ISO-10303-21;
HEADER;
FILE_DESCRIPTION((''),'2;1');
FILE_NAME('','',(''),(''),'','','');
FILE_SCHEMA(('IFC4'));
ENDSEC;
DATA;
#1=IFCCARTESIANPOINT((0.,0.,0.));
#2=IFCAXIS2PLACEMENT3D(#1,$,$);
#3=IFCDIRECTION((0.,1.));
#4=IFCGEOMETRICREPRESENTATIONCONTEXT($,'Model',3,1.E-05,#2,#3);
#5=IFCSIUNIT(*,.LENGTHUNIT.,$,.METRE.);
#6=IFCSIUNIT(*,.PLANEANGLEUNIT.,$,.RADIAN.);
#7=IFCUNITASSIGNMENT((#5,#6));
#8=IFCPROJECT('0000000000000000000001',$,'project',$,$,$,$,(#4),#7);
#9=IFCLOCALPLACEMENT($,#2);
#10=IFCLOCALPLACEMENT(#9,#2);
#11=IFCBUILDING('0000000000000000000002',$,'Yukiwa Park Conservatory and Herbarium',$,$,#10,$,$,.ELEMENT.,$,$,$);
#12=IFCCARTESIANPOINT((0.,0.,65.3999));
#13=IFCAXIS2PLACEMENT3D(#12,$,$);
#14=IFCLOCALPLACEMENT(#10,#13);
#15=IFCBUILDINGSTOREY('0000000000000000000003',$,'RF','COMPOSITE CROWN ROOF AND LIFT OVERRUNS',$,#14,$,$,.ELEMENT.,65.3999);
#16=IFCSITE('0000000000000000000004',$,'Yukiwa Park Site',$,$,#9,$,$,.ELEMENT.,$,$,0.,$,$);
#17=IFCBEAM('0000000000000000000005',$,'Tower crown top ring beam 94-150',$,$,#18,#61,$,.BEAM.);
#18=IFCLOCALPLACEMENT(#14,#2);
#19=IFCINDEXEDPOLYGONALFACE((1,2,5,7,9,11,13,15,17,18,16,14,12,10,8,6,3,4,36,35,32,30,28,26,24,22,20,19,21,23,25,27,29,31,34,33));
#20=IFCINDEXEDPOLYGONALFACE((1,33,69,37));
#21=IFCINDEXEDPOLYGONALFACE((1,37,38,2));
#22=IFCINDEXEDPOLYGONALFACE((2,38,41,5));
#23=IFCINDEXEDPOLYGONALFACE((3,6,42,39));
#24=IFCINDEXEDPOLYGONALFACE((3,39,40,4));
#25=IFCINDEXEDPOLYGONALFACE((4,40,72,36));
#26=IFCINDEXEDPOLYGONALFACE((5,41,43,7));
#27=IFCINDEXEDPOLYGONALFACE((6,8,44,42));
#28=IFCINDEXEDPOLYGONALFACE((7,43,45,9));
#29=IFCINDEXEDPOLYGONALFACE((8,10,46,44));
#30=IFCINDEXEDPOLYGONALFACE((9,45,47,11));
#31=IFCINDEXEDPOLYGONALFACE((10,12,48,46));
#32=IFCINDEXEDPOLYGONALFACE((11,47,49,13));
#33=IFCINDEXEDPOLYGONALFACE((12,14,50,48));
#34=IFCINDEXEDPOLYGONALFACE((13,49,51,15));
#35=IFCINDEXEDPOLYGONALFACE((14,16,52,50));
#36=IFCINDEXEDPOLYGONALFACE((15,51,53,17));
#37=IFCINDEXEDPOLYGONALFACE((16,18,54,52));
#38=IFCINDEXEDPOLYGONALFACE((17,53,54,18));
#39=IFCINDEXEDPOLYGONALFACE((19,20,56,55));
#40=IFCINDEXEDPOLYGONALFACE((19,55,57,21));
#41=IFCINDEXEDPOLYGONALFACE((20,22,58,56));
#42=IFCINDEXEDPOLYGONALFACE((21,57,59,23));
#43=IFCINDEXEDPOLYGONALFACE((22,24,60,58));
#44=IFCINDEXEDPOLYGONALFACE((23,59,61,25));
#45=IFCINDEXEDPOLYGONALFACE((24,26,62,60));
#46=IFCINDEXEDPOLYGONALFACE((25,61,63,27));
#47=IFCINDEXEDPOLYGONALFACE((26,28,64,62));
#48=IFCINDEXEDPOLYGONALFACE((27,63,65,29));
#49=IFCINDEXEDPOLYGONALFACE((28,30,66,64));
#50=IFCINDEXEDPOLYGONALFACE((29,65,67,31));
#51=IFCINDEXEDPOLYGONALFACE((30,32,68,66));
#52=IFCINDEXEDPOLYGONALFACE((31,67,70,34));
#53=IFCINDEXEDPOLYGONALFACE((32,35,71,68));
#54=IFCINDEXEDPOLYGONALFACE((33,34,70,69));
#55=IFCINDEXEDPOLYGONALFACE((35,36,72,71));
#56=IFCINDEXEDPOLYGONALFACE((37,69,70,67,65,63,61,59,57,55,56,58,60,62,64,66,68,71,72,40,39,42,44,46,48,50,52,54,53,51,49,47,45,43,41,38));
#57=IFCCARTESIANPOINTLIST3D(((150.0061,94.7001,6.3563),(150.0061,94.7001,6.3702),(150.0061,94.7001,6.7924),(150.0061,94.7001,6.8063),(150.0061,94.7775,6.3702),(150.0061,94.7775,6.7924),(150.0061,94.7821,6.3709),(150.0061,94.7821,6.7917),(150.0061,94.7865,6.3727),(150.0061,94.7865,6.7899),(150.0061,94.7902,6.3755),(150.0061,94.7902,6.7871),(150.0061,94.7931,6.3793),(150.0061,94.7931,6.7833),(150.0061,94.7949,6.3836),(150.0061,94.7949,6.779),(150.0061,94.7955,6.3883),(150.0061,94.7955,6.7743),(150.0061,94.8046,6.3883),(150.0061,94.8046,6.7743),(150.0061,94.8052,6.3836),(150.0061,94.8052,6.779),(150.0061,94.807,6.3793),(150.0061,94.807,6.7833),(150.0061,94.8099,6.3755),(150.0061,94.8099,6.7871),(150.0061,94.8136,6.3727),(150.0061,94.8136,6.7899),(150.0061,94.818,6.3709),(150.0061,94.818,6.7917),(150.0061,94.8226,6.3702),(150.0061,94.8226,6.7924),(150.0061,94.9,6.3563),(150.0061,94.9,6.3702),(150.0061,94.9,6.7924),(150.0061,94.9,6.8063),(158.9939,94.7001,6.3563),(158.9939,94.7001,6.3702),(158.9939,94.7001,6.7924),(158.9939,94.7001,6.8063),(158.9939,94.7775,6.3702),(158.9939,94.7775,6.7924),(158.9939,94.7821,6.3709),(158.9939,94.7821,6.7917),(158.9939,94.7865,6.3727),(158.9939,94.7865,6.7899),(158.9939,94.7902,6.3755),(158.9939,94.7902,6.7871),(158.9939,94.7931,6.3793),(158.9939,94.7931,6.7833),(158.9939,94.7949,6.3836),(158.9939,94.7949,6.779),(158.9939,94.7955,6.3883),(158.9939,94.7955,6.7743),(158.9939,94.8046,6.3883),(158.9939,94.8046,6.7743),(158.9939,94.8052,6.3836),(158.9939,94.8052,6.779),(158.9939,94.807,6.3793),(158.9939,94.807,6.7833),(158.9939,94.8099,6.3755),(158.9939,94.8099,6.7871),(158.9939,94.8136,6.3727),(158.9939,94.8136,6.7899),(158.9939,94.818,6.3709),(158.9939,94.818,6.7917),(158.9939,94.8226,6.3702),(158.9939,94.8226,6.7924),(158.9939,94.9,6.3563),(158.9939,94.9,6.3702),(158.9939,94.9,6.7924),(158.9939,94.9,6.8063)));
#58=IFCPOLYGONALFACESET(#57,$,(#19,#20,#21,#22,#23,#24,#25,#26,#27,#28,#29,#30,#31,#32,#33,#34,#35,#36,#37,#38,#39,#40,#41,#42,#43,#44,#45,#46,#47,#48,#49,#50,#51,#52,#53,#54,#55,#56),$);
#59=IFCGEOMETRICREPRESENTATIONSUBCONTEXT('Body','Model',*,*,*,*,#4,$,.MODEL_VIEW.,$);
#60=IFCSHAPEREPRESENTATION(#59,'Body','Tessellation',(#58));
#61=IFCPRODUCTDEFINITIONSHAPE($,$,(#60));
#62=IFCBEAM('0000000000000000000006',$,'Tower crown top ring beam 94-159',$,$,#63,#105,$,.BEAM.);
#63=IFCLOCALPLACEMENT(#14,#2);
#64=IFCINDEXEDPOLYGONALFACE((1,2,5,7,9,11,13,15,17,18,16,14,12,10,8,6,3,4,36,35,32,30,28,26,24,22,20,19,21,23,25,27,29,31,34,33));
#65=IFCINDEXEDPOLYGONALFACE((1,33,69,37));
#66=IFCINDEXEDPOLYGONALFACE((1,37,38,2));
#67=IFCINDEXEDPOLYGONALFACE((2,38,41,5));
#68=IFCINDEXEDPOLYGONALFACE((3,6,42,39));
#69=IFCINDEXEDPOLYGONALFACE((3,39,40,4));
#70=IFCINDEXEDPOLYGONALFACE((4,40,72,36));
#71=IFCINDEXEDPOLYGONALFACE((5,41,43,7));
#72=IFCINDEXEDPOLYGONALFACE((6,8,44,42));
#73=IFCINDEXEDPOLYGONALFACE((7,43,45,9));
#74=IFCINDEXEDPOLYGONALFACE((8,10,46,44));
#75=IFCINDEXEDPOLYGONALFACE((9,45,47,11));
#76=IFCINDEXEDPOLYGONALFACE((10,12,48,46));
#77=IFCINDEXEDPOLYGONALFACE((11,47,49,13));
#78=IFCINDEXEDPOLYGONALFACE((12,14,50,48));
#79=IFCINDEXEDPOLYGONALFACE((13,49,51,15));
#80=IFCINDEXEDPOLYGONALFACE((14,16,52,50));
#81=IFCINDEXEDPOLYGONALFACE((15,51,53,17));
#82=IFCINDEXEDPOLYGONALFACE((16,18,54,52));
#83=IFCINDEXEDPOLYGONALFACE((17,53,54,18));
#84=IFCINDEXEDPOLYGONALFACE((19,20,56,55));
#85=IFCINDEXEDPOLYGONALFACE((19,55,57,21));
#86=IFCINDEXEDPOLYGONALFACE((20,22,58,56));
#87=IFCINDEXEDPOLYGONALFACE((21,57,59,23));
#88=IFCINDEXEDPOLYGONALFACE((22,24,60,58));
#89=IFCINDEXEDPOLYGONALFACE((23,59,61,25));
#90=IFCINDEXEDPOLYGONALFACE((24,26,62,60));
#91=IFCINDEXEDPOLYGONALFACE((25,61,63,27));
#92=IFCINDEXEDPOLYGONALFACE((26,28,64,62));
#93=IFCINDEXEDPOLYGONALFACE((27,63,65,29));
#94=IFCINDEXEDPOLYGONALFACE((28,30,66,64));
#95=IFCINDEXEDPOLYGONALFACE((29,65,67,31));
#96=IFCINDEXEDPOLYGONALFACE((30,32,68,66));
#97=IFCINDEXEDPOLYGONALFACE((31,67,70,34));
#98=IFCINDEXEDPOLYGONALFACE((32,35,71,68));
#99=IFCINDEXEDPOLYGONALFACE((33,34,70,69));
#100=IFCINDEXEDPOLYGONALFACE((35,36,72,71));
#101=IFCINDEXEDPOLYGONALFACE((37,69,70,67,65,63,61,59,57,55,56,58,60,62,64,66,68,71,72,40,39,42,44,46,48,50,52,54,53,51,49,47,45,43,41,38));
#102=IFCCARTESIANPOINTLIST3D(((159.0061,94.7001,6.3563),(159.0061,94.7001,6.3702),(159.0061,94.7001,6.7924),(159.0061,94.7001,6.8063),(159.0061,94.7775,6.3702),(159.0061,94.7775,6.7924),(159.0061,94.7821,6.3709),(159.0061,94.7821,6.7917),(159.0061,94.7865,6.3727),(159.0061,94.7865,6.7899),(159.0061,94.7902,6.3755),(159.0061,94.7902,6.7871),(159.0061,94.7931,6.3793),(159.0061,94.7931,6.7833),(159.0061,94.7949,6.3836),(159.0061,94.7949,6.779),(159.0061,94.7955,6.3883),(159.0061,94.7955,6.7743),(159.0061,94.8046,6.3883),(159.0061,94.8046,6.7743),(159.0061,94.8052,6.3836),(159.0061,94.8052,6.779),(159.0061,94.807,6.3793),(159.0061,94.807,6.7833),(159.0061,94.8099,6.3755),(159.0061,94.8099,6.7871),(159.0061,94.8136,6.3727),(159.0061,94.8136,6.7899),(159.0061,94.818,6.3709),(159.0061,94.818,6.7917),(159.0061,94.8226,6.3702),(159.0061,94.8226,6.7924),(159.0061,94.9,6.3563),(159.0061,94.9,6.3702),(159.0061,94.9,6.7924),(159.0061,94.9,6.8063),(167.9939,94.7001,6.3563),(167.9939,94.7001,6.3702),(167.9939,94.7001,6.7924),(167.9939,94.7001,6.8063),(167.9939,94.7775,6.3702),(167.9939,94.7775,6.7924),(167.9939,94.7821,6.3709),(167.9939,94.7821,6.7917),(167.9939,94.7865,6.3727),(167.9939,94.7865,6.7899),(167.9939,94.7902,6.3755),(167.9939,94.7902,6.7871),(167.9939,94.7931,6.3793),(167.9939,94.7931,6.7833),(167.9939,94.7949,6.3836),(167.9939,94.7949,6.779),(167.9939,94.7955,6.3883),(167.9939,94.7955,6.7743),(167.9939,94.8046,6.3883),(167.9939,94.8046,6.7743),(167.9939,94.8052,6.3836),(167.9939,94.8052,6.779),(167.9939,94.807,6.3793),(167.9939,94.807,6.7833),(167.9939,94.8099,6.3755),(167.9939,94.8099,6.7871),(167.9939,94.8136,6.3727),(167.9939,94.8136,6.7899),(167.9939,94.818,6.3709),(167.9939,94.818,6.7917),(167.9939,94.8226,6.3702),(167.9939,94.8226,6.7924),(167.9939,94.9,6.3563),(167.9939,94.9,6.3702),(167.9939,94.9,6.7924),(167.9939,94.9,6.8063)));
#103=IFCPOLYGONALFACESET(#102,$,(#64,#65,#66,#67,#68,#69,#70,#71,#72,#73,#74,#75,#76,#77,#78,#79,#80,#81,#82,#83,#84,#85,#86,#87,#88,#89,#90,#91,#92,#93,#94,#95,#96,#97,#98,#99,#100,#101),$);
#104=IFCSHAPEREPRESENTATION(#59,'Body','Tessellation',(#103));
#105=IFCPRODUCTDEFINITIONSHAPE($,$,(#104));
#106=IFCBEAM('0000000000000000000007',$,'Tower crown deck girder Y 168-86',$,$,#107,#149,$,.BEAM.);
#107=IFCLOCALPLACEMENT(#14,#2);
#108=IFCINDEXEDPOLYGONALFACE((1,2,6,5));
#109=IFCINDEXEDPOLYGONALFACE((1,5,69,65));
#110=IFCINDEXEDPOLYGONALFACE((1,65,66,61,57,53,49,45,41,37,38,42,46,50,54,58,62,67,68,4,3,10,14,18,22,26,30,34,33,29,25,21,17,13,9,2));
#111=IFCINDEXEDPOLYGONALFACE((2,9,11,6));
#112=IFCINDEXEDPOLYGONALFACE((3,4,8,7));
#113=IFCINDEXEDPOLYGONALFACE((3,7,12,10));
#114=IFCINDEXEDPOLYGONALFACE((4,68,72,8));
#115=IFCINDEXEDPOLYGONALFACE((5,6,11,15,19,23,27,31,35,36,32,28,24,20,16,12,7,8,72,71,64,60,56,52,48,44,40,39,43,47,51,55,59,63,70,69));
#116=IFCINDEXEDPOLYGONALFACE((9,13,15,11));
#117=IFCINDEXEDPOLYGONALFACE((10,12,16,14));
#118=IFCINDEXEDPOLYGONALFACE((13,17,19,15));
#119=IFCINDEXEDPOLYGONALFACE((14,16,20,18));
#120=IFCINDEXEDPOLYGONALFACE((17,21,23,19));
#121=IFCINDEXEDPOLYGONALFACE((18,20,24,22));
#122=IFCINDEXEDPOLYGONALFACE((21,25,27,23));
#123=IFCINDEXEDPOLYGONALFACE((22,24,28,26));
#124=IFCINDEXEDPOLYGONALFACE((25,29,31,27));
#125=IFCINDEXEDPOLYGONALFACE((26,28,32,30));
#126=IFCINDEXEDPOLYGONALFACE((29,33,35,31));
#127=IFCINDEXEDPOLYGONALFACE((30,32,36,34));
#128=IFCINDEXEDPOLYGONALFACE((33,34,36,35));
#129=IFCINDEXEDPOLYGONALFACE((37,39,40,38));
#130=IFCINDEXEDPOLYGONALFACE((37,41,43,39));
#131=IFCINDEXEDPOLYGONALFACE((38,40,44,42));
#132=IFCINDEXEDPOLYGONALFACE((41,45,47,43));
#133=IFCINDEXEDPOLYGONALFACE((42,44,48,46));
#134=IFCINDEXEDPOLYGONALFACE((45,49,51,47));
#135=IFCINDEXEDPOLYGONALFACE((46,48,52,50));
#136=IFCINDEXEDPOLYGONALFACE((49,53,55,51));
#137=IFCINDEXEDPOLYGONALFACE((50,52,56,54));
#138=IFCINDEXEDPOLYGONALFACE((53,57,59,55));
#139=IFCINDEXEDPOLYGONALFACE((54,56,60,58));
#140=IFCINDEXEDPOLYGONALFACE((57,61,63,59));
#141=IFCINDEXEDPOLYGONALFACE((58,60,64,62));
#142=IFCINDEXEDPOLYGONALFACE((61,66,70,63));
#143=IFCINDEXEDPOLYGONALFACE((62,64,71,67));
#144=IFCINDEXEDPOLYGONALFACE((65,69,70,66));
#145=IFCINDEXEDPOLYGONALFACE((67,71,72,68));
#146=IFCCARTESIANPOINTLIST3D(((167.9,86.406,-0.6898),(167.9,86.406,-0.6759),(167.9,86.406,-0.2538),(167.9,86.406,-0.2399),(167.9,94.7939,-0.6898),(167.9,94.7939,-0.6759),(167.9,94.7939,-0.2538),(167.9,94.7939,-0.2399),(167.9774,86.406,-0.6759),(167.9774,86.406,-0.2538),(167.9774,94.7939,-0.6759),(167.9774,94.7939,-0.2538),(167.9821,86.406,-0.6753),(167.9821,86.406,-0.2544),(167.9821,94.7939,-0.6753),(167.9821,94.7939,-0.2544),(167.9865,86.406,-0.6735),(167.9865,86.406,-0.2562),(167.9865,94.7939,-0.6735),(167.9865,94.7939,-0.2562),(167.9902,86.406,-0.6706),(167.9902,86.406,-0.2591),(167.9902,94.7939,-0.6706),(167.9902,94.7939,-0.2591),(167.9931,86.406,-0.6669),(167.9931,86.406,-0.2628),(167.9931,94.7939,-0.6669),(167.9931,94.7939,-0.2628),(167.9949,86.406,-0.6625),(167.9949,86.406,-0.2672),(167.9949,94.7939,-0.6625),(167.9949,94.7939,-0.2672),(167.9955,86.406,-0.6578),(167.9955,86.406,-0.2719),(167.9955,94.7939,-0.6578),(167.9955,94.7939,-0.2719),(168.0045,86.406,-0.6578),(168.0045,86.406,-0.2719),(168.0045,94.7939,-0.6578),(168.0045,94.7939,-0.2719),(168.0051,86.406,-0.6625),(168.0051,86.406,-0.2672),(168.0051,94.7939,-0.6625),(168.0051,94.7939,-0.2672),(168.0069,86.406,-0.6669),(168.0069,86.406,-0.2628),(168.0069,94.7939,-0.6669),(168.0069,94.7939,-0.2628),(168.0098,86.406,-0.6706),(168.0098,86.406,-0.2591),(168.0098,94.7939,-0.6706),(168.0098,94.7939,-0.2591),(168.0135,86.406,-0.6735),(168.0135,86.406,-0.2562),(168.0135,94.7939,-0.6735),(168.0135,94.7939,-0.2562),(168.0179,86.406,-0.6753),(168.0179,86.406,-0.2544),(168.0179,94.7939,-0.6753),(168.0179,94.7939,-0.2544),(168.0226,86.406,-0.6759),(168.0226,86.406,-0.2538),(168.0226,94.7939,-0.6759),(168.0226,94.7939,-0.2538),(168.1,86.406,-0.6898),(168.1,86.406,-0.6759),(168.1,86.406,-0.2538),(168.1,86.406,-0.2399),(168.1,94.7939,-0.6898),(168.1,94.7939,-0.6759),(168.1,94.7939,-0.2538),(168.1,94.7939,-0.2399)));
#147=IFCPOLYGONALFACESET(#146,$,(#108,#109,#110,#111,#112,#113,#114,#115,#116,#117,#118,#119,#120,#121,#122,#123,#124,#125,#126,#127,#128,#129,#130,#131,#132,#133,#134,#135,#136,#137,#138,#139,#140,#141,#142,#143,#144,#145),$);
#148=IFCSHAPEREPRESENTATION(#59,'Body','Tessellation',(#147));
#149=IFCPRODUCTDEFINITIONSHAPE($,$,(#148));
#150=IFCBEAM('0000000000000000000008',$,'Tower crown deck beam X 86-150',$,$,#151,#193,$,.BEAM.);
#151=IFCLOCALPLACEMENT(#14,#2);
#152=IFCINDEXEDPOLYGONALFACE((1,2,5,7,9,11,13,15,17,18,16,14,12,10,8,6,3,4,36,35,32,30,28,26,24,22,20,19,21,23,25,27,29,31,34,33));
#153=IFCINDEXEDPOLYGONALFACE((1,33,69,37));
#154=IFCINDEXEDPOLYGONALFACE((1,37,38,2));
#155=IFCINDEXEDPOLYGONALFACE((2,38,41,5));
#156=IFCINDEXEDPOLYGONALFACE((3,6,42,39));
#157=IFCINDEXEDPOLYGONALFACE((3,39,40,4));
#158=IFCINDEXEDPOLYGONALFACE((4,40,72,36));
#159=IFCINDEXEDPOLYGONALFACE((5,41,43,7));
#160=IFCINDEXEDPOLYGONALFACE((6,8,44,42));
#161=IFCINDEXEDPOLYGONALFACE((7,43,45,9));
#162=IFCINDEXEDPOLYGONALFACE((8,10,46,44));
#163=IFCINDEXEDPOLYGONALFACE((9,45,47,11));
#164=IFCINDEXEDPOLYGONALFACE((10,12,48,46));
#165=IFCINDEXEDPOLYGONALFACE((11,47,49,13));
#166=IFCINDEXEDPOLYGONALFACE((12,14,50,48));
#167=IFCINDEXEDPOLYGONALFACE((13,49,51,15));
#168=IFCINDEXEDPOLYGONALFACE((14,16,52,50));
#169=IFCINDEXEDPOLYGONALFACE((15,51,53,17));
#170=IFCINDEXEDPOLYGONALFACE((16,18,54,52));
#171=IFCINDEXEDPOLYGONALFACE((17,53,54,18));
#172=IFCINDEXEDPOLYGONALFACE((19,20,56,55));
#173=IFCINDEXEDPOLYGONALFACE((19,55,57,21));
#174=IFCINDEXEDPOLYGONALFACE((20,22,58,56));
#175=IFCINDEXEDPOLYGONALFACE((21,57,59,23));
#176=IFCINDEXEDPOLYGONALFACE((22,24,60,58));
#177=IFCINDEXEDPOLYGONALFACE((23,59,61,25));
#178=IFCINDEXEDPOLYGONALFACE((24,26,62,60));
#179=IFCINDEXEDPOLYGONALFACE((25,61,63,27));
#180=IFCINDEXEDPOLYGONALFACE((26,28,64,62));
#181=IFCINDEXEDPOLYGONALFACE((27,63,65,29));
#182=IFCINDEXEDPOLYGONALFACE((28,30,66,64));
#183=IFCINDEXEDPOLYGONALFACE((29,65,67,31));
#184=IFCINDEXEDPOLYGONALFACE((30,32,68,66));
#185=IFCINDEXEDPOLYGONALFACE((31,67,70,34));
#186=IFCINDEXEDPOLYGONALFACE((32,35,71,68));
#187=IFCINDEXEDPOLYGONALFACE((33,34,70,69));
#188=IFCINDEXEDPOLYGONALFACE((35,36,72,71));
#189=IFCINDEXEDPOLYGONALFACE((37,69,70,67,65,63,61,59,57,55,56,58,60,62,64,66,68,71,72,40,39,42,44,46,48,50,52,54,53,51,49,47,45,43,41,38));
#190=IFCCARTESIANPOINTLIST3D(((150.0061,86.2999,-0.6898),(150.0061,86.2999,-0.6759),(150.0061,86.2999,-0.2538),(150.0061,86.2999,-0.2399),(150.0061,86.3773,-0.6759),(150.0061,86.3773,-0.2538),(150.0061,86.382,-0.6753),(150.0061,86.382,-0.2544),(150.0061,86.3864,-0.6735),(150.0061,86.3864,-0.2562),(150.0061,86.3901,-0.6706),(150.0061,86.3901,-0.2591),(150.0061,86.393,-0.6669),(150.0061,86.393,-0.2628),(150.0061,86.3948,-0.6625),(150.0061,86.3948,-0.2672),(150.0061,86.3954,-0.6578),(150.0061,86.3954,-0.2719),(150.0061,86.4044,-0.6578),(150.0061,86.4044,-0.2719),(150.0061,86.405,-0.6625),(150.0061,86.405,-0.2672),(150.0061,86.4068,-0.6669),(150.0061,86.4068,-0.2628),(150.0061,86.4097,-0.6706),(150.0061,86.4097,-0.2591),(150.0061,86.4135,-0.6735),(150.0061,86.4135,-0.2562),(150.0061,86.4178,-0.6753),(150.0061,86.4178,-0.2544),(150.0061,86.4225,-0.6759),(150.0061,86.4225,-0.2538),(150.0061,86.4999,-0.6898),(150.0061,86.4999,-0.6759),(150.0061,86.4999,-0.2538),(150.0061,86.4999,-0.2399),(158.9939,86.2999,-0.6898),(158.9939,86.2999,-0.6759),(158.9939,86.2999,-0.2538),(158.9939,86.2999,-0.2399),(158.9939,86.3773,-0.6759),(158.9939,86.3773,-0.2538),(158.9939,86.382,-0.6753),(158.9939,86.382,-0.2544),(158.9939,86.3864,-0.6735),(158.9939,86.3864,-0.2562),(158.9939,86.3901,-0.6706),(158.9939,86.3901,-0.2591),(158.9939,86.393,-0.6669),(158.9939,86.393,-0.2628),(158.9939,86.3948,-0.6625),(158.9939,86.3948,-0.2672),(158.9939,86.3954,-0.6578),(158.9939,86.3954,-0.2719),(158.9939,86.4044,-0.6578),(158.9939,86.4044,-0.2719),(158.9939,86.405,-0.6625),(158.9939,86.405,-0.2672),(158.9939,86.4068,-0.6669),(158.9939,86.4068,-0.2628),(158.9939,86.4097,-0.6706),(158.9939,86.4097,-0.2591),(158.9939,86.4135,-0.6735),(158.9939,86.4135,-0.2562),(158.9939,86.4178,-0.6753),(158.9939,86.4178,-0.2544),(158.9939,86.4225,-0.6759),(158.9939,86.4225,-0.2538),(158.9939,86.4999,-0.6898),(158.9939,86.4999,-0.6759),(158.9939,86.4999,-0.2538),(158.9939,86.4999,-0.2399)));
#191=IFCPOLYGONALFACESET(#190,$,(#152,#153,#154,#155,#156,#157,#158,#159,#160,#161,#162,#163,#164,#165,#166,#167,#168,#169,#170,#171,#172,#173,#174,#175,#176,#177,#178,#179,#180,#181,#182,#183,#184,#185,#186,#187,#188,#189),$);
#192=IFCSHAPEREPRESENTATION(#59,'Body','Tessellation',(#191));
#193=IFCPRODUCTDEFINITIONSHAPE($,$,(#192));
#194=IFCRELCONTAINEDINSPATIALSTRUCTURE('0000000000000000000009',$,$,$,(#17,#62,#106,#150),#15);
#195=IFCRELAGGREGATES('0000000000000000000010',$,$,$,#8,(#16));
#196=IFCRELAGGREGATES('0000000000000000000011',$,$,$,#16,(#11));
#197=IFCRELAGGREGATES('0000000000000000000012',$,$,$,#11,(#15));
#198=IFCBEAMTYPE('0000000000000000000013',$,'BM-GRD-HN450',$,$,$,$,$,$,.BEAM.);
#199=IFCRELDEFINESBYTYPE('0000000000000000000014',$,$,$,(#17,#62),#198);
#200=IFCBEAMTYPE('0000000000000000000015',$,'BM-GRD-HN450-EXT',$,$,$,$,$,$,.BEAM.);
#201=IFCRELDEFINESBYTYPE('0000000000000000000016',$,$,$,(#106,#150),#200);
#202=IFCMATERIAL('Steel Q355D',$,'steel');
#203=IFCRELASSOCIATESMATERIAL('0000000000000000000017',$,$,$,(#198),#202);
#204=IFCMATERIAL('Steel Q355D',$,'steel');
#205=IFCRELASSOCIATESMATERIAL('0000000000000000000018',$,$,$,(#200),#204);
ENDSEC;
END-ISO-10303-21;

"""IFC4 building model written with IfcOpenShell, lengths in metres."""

from ifc_helpers import new_model, si_unit, direction, frame, origin, origin_2d, place, context, subcontext, project, spatial, i_section, extrude, material, material_profile, profile_set, type_object, element, save


model = new_model("IFC4")

# Units and contexts
model_context = context("Model", 3, precision=1e-05, world=origin(), true_north=direction((0.0, 1.0)))
body_context = subcontext(model_context, "Body", "Model", "MODEL_VIEW")
ifc_project = project(units=[si_unit("LENGTHUNIT", "METRE"), si_unit("PLANEANGLEUNIT", "RADIAN")], contexts=[model_context])

# Site, building, storey
site_placement = place(None, origin())
site = spatial("IfcSite", under=ifc_project, at=site_placement, Name="Yukiwa Park Site", CompositionType="ELEMENT", RefElevation=0.0)
building_placement = place(site_placement, origin())
building = spatial("IfcBuilding", under=site, at=building_placement, Name="Yukiwa Park Conservatory and Herbarium", CompositionType="ELEMENT")
storey_placement = place(building_placement, frame((0.0, 0.0, 65.3999)))
storey = spatial("IfcBuildingStorey", under=building, at=storey_placement, Name="RF", Description="COMPOSITE CROWN ROOF AND LIFT OVERRUNS", CompositionType="ELEMENT", Elevation=65.3999)

# Beams
ifc_material_1 = material(Name="Steel Q355D", Category="steel")
ifc_material_profile_1 = material_profile(ifc_material_1, i_section(OverallWidth=0.2, OverallDepth=0.45, WebThickness=0.009, FlangeThickness=0.0139, FilletRadius=0.0181, at=origin_2d()), Name="HN 450x200x9x14")
ifc_profile_set_1 = profile_set([ifc_material_profile_1], Name="Steel Q355D")
beam_type_1 = type_object("IfcBeamType", Name="BM-GRD-HN450", PredefinedType="BEAM", material=ifc_profile_set_1)
for number, where, z_axis, x_axis, name in (
    (1, (150.0061, 94.8, 6.5813), (1.0, 0.0, 0.0), (0.0, 1.0, 0.0), "Tower crown top ring beam 94-150"),
    (2, (159.0061, 94.8, 6.5813), (1.0, 0.0, 0.0), (0.0, 1.0, 0.0), "Tower crown top ring beam 94-159"),
):
    element("IfcBeam", number, at=place(storey_placement, frame(where, z_axis=z_axis, x_axis=x_axis)), inside=storey, type_object=beam_type_1, Name=name, PredefinedType="BEAM", context=body_context, shape_type="SweptSolid", body=[
        extrude(i_section(OverallWidth=0.2, OverallDepth=0.45, WebThickness=0.009, FlangeThickness=0.0139, FilletRadius=0.0181, at=origin_2d()), origin(), (0.0, 0.0, 1.0), 8.9878),
    ])
ifc_material_2 = material(Name="Steel Q355D", Category="steel")
ifc_material_profile_2 = material_profile(ifc_material_2, i_section(OverallWidth=0.2, OverallDepth=0.45, WebThickness=0.009, FlangeThickness=0.0139, FilletRadius=0.0181, at=origin_2d()), Name="HN 450x200x9x14")
ifc_profile_set_2 = profile_set([ifc_material_profile_2], Name="Steel Q355D")
beam_type_2 = type_object("IfcBeamType", Name="BM-GRD-HN450-EXT", PredefinedType="BEAM", material=ifc_profile_set_2)
beam_1_placement = place(storey_placement, frame((168.0, 86.406, -0.4648), z_axis=(0.0, 1.0, 0.0), x_axis=(-1.0, 0.0, 0.0)))
element("IfcBeam", 3, at=beam_1_placement, inside=storey, type_object=beam_type_2, Name="Tower crown deck girder Y 168-86", PredefinedType="BEAM", context=body_context, shape_type="SweptSolid", body=[
    extrude(i_section(OverallWidth=0.2, OverallDepth=0.45, WebThickness=0.009, FlangeThickness=0.0139, FilletRadius=0.0181, at=origin_2d()), origin(), (0.0, 0.0, 1.0), 8.3879),
])
for number, where, z_axis, x_axis, name in (
    (4, (150.0061, 86.3999, -0.4648), (1.0, 0.0, 0.0), (0.0, 1.0, 0.0), "Tower crown deck beam X 86-150"),
):
    element("IfcBeam", number, at=place(storey_placement, frame(where, z_axis=z_axis, x_axis=x_axis)), inside=storey, type_object=beam_type_2, Name=name, PredefinedType="BEAM", context=body_context, shape_type="SweptSolid", body=[
        extrude(i_section(OverallWidth=0.2, OverallDepth=0.45, WebThickness=0.009, FlangeThickness=0.0139, FilletRadius=0.0181, at=origin_2d()), origin(), (0.0, 0.0, 1.0), 8.9878),
    ])

save(model, "model.ifc")
